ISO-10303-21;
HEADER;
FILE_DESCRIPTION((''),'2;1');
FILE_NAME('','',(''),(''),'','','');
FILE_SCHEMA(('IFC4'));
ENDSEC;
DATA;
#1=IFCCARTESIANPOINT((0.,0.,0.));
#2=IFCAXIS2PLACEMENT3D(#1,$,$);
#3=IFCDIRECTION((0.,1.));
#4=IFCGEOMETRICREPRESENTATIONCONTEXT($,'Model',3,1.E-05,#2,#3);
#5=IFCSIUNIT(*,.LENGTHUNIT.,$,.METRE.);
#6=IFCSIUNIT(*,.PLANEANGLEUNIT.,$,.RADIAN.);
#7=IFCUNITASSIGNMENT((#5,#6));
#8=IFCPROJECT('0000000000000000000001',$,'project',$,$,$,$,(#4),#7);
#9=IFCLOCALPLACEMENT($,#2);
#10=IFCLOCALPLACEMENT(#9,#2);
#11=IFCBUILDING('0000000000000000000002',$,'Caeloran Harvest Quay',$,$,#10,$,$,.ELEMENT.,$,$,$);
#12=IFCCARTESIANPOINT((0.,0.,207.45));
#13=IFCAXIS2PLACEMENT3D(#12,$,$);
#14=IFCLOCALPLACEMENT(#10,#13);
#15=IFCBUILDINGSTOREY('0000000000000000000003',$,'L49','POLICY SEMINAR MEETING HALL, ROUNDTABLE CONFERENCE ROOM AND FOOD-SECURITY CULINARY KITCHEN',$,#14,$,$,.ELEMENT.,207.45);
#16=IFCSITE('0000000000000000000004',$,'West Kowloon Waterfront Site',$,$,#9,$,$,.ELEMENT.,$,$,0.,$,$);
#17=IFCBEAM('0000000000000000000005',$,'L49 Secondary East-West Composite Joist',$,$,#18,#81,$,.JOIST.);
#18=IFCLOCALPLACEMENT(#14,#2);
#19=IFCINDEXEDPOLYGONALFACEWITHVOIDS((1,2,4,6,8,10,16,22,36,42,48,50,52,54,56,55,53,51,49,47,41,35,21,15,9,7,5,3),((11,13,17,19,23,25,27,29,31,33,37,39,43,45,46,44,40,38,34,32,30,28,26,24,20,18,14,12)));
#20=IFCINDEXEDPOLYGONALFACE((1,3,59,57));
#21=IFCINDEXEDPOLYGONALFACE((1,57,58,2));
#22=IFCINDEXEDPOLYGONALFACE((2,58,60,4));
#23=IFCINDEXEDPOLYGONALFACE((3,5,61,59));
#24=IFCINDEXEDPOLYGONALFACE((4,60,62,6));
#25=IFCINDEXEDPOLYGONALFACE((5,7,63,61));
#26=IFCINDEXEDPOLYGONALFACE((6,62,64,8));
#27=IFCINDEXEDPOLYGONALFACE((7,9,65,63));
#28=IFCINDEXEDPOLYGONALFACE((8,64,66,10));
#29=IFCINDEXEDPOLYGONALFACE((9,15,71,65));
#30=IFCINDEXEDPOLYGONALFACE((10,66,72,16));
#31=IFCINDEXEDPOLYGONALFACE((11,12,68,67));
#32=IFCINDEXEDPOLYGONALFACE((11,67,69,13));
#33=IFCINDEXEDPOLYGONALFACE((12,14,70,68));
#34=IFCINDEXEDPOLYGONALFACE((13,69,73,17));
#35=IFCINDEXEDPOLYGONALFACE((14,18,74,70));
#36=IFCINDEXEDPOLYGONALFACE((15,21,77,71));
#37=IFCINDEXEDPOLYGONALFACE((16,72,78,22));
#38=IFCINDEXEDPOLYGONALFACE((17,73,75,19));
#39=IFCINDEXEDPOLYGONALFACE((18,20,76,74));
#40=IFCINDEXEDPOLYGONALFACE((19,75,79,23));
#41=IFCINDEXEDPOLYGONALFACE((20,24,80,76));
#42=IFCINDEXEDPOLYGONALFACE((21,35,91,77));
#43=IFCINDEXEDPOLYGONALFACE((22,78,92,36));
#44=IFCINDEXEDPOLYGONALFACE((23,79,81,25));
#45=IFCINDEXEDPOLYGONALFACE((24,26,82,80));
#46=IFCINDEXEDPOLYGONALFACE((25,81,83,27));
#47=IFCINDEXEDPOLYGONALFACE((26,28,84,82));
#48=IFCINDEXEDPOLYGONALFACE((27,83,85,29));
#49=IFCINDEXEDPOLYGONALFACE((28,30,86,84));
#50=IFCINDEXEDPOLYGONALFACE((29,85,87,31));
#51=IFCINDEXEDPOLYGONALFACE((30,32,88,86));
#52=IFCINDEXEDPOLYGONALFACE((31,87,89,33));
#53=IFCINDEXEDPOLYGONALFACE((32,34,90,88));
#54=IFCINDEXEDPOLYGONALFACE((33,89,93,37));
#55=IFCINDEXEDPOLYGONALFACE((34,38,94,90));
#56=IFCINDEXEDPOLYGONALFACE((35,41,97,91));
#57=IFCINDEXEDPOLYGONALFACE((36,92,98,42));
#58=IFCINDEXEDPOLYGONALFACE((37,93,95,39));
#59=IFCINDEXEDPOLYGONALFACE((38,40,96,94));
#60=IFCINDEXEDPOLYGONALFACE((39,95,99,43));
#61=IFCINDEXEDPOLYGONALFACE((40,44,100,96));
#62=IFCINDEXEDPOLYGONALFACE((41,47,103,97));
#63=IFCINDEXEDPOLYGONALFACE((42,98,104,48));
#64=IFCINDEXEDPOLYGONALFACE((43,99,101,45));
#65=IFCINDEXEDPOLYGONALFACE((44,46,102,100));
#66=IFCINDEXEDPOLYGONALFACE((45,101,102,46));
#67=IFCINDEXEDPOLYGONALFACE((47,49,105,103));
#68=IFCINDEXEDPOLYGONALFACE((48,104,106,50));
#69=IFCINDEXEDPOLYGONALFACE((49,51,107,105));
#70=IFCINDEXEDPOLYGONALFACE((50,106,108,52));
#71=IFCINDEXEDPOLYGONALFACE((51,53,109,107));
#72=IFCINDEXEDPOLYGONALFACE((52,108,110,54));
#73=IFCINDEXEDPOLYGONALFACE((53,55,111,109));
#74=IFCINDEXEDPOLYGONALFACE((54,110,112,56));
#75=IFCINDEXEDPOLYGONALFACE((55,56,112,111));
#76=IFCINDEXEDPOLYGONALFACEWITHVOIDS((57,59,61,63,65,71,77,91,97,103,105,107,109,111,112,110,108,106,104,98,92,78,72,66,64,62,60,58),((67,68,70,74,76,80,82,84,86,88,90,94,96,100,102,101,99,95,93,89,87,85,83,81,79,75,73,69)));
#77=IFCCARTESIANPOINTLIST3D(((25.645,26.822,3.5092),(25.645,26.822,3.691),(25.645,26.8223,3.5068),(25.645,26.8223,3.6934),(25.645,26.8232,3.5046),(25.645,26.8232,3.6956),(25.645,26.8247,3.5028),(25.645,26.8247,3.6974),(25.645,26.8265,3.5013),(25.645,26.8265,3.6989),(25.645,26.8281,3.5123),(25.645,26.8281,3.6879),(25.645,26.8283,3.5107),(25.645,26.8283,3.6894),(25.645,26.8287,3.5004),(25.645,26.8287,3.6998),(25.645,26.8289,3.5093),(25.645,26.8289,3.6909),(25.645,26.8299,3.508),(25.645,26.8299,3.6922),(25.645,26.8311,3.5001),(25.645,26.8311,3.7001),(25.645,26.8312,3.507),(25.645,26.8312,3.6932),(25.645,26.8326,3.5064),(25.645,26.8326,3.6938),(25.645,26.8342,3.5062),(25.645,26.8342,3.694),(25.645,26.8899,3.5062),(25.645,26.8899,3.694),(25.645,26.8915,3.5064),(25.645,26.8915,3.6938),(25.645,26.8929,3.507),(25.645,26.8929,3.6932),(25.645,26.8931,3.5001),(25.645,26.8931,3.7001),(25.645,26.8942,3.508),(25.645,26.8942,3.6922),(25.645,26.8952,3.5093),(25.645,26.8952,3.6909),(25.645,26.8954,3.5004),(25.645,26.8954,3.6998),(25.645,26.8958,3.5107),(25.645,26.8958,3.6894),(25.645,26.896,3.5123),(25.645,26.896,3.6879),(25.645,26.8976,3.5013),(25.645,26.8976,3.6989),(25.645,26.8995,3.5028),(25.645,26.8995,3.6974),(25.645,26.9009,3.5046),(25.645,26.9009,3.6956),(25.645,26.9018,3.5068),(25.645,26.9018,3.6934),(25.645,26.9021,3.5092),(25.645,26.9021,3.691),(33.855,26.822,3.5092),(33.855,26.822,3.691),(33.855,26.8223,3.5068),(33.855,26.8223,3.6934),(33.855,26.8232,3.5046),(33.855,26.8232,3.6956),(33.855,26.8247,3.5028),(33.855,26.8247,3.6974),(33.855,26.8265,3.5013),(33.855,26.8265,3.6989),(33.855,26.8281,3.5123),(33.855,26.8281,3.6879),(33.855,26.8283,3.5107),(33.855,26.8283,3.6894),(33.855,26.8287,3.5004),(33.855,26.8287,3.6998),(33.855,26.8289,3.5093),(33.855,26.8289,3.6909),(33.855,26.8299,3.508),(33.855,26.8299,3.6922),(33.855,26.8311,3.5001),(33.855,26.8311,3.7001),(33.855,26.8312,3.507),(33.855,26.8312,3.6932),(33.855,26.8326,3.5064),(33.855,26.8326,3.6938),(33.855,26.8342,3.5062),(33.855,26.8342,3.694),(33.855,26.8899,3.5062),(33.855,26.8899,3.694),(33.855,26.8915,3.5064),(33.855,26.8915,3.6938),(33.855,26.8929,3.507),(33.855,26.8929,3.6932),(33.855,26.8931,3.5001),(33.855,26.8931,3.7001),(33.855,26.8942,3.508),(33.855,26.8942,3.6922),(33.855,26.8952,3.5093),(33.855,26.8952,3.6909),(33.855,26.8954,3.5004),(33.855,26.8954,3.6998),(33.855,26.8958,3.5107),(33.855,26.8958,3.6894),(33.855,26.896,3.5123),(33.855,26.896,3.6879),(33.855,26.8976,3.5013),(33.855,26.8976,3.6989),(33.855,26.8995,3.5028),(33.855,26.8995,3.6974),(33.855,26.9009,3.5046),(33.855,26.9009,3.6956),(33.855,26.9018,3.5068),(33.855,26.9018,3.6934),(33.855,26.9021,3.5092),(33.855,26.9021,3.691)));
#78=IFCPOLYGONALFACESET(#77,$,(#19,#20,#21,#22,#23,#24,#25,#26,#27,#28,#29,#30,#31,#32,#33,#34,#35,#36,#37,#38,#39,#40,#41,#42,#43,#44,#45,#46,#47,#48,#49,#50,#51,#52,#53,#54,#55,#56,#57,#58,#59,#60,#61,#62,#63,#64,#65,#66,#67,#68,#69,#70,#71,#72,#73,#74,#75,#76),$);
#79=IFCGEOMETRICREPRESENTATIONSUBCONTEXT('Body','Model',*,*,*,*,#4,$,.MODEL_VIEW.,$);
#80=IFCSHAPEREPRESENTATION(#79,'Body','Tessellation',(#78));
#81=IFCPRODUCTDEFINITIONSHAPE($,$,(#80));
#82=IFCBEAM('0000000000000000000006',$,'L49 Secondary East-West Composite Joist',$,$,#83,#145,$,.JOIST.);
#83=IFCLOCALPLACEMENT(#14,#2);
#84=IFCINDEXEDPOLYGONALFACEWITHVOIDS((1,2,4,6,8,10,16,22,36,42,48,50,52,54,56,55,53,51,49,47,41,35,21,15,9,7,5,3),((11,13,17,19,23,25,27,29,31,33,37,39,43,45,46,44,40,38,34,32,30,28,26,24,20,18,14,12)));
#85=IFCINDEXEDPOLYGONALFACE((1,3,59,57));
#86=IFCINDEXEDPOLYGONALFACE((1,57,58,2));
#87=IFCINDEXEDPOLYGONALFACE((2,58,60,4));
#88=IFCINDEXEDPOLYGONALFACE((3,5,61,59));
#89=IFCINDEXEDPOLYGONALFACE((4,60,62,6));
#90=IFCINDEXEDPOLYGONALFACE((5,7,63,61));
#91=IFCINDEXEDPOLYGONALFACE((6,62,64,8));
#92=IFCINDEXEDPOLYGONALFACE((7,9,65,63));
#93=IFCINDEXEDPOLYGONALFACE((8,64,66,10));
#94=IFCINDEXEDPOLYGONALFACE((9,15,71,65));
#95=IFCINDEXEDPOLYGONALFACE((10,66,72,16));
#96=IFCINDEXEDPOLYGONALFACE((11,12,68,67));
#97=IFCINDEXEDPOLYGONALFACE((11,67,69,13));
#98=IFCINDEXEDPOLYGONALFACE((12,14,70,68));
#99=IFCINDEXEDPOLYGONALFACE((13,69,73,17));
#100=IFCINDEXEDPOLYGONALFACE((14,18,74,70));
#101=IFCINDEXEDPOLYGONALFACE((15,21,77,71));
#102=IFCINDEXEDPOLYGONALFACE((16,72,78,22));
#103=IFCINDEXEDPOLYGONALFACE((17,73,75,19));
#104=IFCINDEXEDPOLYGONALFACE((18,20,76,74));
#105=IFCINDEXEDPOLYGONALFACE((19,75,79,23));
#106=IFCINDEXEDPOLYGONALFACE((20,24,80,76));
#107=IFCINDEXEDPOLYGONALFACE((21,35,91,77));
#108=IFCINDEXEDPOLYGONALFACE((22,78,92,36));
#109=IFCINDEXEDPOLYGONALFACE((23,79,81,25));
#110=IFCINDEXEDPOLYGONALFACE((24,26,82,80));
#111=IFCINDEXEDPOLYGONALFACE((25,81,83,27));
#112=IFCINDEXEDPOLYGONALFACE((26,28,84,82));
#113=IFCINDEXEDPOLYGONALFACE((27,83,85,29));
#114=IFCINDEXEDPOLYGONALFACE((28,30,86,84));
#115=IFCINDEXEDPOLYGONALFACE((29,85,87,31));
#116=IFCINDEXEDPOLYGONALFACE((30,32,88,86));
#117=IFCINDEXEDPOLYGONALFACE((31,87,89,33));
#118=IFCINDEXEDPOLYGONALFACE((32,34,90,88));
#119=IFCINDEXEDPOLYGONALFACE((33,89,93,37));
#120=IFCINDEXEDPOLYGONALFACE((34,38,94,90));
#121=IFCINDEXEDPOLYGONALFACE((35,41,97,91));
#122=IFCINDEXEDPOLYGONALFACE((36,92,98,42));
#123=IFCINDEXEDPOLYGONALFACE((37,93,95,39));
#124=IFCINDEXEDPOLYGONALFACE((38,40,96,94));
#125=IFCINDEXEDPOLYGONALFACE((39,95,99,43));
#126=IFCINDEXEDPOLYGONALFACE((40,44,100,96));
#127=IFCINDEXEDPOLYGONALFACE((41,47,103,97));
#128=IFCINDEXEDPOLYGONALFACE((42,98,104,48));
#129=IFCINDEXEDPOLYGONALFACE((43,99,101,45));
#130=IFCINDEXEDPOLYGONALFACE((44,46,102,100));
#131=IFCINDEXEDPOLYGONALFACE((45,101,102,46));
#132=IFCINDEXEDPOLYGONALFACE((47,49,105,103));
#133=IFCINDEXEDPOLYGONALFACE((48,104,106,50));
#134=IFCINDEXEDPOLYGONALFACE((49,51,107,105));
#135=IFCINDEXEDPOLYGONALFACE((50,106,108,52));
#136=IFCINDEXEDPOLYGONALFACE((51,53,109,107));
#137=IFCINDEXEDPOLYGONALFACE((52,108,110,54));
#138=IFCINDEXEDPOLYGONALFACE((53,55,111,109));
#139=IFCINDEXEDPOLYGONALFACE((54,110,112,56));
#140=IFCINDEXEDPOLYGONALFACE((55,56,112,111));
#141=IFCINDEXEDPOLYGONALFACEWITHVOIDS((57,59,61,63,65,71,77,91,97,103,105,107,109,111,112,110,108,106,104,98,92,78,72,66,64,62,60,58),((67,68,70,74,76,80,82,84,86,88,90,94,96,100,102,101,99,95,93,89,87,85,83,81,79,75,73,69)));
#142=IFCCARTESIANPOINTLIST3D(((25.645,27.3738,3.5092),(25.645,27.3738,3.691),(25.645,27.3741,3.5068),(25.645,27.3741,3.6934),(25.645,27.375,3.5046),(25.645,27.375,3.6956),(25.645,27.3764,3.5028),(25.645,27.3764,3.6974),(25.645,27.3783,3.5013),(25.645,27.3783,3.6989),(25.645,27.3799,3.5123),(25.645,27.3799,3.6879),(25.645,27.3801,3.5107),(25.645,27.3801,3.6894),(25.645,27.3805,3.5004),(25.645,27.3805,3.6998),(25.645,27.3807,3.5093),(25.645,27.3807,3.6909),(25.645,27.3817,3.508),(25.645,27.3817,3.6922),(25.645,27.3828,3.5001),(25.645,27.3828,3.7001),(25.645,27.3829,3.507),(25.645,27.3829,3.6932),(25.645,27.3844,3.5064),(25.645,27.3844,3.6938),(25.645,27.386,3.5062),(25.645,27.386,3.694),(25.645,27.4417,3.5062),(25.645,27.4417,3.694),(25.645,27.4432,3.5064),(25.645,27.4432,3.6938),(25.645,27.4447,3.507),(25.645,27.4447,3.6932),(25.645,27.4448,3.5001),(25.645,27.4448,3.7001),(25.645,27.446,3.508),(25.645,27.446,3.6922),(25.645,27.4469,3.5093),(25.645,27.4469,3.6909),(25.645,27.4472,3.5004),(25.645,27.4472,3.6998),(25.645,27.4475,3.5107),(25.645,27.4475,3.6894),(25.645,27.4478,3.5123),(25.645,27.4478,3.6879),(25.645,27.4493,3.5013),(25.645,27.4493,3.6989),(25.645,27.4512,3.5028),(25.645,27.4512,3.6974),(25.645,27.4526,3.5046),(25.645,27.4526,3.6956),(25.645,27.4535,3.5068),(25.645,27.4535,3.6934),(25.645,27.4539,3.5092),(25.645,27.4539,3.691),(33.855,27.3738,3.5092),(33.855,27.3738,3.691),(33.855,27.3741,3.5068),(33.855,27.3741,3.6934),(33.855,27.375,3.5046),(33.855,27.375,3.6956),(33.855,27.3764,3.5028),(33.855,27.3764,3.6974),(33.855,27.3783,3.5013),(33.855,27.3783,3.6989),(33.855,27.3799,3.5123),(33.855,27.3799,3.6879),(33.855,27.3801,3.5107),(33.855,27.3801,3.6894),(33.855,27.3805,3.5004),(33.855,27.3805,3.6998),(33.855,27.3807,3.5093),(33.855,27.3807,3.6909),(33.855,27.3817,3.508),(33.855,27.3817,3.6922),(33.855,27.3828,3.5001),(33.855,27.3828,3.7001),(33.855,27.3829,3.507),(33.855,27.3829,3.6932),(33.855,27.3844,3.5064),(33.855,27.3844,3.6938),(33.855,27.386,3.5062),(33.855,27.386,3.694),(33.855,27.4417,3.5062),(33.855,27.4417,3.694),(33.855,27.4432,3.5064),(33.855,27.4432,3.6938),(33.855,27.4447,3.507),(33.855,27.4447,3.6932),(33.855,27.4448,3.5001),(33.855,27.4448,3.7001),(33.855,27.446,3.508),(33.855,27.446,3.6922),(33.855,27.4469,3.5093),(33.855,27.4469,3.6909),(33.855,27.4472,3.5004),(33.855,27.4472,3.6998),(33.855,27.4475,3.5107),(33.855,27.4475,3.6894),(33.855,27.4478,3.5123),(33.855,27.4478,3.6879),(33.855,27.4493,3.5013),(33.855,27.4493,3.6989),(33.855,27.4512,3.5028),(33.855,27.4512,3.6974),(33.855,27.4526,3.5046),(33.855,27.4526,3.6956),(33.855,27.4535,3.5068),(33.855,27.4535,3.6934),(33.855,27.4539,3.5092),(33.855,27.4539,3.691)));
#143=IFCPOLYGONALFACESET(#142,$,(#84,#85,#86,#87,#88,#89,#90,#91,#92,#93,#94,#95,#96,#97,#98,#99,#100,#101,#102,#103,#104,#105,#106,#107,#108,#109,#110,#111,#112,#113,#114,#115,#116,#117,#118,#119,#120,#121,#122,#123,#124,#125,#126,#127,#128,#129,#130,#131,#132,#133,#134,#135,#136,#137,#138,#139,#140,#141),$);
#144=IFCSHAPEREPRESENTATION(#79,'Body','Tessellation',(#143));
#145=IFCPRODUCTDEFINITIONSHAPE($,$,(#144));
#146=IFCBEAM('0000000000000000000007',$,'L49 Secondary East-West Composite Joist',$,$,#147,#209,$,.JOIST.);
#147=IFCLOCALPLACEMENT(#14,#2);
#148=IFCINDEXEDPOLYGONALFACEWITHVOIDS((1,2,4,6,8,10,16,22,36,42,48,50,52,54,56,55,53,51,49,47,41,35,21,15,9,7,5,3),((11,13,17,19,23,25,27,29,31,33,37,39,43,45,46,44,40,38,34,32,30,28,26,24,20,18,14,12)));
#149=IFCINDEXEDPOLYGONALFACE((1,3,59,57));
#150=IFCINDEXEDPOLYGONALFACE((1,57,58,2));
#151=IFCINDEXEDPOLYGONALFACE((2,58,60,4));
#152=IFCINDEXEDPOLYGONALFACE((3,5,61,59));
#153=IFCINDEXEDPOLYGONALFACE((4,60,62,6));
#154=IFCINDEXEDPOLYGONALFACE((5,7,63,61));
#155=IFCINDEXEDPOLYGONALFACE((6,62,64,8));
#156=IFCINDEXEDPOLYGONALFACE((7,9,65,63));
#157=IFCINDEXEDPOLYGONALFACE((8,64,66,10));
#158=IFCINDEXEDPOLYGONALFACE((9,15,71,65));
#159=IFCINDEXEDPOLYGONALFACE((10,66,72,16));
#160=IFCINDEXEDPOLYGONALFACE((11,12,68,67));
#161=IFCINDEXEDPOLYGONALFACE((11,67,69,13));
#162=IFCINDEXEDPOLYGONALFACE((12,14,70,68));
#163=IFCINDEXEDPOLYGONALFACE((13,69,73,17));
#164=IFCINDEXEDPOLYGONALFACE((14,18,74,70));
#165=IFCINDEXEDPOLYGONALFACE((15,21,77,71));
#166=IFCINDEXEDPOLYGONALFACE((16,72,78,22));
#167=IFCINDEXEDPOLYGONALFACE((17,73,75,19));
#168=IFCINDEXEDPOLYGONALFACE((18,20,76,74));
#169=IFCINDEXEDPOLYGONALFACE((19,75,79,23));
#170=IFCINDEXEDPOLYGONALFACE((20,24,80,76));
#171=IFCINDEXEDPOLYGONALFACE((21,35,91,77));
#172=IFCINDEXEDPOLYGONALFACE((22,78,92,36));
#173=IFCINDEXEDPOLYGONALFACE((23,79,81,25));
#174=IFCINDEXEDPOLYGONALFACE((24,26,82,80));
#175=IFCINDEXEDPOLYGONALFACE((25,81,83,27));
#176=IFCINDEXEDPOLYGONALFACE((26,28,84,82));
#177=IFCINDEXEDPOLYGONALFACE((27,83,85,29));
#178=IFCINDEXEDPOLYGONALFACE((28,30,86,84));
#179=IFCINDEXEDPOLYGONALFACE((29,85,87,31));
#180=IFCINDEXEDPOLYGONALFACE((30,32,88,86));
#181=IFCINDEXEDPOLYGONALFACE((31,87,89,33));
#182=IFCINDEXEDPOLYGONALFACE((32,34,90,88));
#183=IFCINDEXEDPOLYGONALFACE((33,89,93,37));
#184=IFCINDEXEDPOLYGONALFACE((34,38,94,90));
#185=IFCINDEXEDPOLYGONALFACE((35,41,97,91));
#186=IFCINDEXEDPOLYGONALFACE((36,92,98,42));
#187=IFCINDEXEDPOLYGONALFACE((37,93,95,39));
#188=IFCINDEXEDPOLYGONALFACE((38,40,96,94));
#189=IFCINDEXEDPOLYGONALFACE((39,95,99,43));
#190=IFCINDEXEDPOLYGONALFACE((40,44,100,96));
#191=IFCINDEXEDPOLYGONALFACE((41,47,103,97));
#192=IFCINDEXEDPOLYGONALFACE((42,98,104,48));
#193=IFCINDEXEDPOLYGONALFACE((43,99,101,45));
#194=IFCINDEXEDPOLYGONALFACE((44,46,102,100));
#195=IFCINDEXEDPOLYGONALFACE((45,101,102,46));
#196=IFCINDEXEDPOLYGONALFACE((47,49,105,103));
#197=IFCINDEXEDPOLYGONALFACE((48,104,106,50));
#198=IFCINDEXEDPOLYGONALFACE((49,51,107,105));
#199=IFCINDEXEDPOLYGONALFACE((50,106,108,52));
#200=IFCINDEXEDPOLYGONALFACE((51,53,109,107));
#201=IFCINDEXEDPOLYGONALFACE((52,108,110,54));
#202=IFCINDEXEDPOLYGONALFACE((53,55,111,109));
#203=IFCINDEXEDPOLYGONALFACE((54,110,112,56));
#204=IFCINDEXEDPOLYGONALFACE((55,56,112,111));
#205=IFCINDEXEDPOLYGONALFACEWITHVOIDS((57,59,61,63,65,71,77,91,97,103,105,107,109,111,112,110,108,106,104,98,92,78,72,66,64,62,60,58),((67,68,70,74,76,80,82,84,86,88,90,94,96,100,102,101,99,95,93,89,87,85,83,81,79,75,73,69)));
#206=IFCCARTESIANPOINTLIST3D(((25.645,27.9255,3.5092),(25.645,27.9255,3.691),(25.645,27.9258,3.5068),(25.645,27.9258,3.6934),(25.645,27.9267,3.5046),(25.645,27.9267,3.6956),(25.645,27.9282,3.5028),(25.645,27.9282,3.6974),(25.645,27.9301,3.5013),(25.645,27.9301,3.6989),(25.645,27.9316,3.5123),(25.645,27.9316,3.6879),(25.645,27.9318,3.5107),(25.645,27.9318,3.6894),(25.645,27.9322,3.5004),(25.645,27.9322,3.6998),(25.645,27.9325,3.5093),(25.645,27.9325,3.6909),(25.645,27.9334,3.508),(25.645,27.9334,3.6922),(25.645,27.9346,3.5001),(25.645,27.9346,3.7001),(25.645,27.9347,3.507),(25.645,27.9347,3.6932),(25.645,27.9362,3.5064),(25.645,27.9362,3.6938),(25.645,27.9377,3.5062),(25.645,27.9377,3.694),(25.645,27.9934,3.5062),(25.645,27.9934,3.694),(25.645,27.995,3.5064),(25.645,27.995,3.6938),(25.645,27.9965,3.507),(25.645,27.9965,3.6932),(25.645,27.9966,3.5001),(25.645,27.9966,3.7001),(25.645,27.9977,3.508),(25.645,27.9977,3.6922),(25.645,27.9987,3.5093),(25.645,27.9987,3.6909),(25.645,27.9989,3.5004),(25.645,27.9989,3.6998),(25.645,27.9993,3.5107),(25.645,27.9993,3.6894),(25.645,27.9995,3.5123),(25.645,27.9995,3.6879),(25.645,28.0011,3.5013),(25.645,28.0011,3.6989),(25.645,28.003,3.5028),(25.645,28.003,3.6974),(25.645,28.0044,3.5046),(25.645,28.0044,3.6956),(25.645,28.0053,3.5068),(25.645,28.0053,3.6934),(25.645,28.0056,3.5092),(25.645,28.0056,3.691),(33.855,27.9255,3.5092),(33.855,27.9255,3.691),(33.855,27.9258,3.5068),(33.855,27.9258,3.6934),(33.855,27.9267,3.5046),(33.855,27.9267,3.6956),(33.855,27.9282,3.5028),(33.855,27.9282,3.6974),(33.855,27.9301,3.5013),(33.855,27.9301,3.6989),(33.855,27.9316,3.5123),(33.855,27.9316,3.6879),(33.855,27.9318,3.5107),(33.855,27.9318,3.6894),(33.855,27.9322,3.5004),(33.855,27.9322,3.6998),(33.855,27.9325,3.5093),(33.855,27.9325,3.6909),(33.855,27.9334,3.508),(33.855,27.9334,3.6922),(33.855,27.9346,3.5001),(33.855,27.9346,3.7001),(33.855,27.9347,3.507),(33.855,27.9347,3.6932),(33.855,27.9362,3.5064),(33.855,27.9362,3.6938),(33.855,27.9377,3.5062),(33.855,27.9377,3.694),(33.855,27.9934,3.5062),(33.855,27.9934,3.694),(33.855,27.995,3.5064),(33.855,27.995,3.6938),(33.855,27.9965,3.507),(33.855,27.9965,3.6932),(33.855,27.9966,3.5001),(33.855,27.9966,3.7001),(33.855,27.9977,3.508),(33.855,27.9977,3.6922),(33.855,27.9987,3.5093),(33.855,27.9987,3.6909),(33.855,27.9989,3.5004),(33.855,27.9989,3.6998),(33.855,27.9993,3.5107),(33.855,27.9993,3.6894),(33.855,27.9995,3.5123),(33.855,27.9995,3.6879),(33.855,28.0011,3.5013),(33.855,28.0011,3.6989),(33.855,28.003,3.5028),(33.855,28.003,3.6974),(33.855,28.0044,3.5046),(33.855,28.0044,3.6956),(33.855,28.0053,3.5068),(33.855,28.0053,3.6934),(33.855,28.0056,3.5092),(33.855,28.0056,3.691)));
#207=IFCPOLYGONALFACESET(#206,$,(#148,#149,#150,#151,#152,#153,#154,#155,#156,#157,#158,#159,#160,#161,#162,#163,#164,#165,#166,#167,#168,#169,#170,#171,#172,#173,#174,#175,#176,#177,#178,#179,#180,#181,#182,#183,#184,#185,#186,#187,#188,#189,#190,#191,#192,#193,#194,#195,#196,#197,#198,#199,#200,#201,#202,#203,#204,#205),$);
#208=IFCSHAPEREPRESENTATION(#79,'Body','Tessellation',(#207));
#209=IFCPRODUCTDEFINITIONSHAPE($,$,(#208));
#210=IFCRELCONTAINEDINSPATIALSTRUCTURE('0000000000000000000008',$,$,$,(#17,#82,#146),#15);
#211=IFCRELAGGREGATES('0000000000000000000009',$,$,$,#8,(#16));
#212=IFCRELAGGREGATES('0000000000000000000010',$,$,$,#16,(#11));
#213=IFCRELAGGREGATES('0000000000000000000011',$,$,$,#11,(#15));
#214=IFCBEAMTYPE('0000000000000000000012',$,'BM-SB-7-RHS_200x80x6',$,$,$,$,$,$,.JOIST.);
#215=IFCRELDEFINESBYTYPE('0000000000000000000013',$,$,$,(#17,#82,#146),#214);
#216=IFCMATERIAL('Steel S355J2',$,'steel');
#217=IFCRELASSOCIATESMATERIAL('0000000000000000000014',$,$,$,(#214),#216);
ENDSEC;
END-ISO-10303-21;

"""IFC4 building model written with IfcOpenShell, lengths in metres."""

from ifc_helpers import new_model, si_unit, direction, frame, origin, origin_2d, place, context, subcontext, project, spatial, hollow_rectangle, extrude, material, material_profile, profile_set, type_object, element, save


model = new_model("IFC4")

# Units and contexts
model_context = context("Model", 3, precision=1e-05, world=origin(), true_north=direction((0.0, 1.0)))
body_context = subcontext(model_context, "Body", "Model", "MODEL_VIEW")
ifc_project = project(units=[si_unit("LENGTHUNIT", "METRE"), si_unit("PLANEANGLEUNIT", "RADIAN")], contexts=[model_context])

# Site, building, storey
site_placement = place(None, origin())
site = spatial("IfcSite", under=ifc_project, at=site_placement, Name="West Kowloon Waterfront Site", CompositionType="ELEMENT", RefElevation=0.0)
building_placement = place(site_placement, origin())
building = spatial("IfcBuilding", under=site, at=building_placement, Name="Caeloran Harvest Quay", CompositionType="ELEMENT")
storey_placement = place(building_placement, frame((0.0, 0.0, 207.45)))
storey = spatial("IfcBuildingStorey", under=building, at=storey_placement, Name="L49", Description="POLICY SEMINAR MEETING HALL, ROUNDTABLE CONFERENCE ROOM AND FOOD-SECURITY CULINARY KITCHEN", CompositionType="ELEMENT", Elevation=207.45)

# Beams
ifc_material_1 = material(Name="Steel S355J2", Category="steel")
ifc_material_profile_1 = material_profile(ifc_material_1, hollow_rectangle(XDim=0.0801, YDim=0.2, WallThickness=0.0061, InnerFilletRadius=0.0061, OuterFilletRadius=0.009, at=origin_2d()), Name="RHS 200x80x6")
ifc_profile_set_1 = profile_set([ifc_material_profile_1], Name="Steel S355J2")
beam_type_1 = type_object("IfcBeamType", Name="BM-SB-7-RHS_200x80x6", PredefinedType="JOIST", material=ifc_profile_set_1)
for number, where, z_axis, x_axis, name in (
    (1, (25.645, 26.8621, 3.6001), (1.0, 0.0, 0.0), (0.0, 1.0, 0.0), "L49 Secondary East-West Composite Joist"),
    (2, (25.645, 27.4138, 3.6001), (1.0, 0.0, 0.0), (0.0, 1.0, 0.0), "L49 Secondary East-West Composite Joist"),
    (3, (25.645, 27.9656, 3.6001), (1.0, 0.0, 0.0), (0.0, 1.0, 0.0), "L49 Secondary East-West Composite Joist"),
):
    element("IfcBeam", number, at=place(storey_placement, frame(where, z_axis=z_axis, x_axis=x_axis)), inside=storey, type_object=beam_type_1, Name=name, PredefinedType="JOIST", context=body_context, shape_type="SweptSolid", body=[
        extrude(hollow_rectangle(XDim=0.0801, YDim=0.2, WallThickness=0.0061, InnerFilletRadius=0.0061, OuterFilletRadius=0.009, at=origin_2d()), origin(), (0.0, 0.0, 1.0), 8.21),
    ])

save(model, "model.ifc")
